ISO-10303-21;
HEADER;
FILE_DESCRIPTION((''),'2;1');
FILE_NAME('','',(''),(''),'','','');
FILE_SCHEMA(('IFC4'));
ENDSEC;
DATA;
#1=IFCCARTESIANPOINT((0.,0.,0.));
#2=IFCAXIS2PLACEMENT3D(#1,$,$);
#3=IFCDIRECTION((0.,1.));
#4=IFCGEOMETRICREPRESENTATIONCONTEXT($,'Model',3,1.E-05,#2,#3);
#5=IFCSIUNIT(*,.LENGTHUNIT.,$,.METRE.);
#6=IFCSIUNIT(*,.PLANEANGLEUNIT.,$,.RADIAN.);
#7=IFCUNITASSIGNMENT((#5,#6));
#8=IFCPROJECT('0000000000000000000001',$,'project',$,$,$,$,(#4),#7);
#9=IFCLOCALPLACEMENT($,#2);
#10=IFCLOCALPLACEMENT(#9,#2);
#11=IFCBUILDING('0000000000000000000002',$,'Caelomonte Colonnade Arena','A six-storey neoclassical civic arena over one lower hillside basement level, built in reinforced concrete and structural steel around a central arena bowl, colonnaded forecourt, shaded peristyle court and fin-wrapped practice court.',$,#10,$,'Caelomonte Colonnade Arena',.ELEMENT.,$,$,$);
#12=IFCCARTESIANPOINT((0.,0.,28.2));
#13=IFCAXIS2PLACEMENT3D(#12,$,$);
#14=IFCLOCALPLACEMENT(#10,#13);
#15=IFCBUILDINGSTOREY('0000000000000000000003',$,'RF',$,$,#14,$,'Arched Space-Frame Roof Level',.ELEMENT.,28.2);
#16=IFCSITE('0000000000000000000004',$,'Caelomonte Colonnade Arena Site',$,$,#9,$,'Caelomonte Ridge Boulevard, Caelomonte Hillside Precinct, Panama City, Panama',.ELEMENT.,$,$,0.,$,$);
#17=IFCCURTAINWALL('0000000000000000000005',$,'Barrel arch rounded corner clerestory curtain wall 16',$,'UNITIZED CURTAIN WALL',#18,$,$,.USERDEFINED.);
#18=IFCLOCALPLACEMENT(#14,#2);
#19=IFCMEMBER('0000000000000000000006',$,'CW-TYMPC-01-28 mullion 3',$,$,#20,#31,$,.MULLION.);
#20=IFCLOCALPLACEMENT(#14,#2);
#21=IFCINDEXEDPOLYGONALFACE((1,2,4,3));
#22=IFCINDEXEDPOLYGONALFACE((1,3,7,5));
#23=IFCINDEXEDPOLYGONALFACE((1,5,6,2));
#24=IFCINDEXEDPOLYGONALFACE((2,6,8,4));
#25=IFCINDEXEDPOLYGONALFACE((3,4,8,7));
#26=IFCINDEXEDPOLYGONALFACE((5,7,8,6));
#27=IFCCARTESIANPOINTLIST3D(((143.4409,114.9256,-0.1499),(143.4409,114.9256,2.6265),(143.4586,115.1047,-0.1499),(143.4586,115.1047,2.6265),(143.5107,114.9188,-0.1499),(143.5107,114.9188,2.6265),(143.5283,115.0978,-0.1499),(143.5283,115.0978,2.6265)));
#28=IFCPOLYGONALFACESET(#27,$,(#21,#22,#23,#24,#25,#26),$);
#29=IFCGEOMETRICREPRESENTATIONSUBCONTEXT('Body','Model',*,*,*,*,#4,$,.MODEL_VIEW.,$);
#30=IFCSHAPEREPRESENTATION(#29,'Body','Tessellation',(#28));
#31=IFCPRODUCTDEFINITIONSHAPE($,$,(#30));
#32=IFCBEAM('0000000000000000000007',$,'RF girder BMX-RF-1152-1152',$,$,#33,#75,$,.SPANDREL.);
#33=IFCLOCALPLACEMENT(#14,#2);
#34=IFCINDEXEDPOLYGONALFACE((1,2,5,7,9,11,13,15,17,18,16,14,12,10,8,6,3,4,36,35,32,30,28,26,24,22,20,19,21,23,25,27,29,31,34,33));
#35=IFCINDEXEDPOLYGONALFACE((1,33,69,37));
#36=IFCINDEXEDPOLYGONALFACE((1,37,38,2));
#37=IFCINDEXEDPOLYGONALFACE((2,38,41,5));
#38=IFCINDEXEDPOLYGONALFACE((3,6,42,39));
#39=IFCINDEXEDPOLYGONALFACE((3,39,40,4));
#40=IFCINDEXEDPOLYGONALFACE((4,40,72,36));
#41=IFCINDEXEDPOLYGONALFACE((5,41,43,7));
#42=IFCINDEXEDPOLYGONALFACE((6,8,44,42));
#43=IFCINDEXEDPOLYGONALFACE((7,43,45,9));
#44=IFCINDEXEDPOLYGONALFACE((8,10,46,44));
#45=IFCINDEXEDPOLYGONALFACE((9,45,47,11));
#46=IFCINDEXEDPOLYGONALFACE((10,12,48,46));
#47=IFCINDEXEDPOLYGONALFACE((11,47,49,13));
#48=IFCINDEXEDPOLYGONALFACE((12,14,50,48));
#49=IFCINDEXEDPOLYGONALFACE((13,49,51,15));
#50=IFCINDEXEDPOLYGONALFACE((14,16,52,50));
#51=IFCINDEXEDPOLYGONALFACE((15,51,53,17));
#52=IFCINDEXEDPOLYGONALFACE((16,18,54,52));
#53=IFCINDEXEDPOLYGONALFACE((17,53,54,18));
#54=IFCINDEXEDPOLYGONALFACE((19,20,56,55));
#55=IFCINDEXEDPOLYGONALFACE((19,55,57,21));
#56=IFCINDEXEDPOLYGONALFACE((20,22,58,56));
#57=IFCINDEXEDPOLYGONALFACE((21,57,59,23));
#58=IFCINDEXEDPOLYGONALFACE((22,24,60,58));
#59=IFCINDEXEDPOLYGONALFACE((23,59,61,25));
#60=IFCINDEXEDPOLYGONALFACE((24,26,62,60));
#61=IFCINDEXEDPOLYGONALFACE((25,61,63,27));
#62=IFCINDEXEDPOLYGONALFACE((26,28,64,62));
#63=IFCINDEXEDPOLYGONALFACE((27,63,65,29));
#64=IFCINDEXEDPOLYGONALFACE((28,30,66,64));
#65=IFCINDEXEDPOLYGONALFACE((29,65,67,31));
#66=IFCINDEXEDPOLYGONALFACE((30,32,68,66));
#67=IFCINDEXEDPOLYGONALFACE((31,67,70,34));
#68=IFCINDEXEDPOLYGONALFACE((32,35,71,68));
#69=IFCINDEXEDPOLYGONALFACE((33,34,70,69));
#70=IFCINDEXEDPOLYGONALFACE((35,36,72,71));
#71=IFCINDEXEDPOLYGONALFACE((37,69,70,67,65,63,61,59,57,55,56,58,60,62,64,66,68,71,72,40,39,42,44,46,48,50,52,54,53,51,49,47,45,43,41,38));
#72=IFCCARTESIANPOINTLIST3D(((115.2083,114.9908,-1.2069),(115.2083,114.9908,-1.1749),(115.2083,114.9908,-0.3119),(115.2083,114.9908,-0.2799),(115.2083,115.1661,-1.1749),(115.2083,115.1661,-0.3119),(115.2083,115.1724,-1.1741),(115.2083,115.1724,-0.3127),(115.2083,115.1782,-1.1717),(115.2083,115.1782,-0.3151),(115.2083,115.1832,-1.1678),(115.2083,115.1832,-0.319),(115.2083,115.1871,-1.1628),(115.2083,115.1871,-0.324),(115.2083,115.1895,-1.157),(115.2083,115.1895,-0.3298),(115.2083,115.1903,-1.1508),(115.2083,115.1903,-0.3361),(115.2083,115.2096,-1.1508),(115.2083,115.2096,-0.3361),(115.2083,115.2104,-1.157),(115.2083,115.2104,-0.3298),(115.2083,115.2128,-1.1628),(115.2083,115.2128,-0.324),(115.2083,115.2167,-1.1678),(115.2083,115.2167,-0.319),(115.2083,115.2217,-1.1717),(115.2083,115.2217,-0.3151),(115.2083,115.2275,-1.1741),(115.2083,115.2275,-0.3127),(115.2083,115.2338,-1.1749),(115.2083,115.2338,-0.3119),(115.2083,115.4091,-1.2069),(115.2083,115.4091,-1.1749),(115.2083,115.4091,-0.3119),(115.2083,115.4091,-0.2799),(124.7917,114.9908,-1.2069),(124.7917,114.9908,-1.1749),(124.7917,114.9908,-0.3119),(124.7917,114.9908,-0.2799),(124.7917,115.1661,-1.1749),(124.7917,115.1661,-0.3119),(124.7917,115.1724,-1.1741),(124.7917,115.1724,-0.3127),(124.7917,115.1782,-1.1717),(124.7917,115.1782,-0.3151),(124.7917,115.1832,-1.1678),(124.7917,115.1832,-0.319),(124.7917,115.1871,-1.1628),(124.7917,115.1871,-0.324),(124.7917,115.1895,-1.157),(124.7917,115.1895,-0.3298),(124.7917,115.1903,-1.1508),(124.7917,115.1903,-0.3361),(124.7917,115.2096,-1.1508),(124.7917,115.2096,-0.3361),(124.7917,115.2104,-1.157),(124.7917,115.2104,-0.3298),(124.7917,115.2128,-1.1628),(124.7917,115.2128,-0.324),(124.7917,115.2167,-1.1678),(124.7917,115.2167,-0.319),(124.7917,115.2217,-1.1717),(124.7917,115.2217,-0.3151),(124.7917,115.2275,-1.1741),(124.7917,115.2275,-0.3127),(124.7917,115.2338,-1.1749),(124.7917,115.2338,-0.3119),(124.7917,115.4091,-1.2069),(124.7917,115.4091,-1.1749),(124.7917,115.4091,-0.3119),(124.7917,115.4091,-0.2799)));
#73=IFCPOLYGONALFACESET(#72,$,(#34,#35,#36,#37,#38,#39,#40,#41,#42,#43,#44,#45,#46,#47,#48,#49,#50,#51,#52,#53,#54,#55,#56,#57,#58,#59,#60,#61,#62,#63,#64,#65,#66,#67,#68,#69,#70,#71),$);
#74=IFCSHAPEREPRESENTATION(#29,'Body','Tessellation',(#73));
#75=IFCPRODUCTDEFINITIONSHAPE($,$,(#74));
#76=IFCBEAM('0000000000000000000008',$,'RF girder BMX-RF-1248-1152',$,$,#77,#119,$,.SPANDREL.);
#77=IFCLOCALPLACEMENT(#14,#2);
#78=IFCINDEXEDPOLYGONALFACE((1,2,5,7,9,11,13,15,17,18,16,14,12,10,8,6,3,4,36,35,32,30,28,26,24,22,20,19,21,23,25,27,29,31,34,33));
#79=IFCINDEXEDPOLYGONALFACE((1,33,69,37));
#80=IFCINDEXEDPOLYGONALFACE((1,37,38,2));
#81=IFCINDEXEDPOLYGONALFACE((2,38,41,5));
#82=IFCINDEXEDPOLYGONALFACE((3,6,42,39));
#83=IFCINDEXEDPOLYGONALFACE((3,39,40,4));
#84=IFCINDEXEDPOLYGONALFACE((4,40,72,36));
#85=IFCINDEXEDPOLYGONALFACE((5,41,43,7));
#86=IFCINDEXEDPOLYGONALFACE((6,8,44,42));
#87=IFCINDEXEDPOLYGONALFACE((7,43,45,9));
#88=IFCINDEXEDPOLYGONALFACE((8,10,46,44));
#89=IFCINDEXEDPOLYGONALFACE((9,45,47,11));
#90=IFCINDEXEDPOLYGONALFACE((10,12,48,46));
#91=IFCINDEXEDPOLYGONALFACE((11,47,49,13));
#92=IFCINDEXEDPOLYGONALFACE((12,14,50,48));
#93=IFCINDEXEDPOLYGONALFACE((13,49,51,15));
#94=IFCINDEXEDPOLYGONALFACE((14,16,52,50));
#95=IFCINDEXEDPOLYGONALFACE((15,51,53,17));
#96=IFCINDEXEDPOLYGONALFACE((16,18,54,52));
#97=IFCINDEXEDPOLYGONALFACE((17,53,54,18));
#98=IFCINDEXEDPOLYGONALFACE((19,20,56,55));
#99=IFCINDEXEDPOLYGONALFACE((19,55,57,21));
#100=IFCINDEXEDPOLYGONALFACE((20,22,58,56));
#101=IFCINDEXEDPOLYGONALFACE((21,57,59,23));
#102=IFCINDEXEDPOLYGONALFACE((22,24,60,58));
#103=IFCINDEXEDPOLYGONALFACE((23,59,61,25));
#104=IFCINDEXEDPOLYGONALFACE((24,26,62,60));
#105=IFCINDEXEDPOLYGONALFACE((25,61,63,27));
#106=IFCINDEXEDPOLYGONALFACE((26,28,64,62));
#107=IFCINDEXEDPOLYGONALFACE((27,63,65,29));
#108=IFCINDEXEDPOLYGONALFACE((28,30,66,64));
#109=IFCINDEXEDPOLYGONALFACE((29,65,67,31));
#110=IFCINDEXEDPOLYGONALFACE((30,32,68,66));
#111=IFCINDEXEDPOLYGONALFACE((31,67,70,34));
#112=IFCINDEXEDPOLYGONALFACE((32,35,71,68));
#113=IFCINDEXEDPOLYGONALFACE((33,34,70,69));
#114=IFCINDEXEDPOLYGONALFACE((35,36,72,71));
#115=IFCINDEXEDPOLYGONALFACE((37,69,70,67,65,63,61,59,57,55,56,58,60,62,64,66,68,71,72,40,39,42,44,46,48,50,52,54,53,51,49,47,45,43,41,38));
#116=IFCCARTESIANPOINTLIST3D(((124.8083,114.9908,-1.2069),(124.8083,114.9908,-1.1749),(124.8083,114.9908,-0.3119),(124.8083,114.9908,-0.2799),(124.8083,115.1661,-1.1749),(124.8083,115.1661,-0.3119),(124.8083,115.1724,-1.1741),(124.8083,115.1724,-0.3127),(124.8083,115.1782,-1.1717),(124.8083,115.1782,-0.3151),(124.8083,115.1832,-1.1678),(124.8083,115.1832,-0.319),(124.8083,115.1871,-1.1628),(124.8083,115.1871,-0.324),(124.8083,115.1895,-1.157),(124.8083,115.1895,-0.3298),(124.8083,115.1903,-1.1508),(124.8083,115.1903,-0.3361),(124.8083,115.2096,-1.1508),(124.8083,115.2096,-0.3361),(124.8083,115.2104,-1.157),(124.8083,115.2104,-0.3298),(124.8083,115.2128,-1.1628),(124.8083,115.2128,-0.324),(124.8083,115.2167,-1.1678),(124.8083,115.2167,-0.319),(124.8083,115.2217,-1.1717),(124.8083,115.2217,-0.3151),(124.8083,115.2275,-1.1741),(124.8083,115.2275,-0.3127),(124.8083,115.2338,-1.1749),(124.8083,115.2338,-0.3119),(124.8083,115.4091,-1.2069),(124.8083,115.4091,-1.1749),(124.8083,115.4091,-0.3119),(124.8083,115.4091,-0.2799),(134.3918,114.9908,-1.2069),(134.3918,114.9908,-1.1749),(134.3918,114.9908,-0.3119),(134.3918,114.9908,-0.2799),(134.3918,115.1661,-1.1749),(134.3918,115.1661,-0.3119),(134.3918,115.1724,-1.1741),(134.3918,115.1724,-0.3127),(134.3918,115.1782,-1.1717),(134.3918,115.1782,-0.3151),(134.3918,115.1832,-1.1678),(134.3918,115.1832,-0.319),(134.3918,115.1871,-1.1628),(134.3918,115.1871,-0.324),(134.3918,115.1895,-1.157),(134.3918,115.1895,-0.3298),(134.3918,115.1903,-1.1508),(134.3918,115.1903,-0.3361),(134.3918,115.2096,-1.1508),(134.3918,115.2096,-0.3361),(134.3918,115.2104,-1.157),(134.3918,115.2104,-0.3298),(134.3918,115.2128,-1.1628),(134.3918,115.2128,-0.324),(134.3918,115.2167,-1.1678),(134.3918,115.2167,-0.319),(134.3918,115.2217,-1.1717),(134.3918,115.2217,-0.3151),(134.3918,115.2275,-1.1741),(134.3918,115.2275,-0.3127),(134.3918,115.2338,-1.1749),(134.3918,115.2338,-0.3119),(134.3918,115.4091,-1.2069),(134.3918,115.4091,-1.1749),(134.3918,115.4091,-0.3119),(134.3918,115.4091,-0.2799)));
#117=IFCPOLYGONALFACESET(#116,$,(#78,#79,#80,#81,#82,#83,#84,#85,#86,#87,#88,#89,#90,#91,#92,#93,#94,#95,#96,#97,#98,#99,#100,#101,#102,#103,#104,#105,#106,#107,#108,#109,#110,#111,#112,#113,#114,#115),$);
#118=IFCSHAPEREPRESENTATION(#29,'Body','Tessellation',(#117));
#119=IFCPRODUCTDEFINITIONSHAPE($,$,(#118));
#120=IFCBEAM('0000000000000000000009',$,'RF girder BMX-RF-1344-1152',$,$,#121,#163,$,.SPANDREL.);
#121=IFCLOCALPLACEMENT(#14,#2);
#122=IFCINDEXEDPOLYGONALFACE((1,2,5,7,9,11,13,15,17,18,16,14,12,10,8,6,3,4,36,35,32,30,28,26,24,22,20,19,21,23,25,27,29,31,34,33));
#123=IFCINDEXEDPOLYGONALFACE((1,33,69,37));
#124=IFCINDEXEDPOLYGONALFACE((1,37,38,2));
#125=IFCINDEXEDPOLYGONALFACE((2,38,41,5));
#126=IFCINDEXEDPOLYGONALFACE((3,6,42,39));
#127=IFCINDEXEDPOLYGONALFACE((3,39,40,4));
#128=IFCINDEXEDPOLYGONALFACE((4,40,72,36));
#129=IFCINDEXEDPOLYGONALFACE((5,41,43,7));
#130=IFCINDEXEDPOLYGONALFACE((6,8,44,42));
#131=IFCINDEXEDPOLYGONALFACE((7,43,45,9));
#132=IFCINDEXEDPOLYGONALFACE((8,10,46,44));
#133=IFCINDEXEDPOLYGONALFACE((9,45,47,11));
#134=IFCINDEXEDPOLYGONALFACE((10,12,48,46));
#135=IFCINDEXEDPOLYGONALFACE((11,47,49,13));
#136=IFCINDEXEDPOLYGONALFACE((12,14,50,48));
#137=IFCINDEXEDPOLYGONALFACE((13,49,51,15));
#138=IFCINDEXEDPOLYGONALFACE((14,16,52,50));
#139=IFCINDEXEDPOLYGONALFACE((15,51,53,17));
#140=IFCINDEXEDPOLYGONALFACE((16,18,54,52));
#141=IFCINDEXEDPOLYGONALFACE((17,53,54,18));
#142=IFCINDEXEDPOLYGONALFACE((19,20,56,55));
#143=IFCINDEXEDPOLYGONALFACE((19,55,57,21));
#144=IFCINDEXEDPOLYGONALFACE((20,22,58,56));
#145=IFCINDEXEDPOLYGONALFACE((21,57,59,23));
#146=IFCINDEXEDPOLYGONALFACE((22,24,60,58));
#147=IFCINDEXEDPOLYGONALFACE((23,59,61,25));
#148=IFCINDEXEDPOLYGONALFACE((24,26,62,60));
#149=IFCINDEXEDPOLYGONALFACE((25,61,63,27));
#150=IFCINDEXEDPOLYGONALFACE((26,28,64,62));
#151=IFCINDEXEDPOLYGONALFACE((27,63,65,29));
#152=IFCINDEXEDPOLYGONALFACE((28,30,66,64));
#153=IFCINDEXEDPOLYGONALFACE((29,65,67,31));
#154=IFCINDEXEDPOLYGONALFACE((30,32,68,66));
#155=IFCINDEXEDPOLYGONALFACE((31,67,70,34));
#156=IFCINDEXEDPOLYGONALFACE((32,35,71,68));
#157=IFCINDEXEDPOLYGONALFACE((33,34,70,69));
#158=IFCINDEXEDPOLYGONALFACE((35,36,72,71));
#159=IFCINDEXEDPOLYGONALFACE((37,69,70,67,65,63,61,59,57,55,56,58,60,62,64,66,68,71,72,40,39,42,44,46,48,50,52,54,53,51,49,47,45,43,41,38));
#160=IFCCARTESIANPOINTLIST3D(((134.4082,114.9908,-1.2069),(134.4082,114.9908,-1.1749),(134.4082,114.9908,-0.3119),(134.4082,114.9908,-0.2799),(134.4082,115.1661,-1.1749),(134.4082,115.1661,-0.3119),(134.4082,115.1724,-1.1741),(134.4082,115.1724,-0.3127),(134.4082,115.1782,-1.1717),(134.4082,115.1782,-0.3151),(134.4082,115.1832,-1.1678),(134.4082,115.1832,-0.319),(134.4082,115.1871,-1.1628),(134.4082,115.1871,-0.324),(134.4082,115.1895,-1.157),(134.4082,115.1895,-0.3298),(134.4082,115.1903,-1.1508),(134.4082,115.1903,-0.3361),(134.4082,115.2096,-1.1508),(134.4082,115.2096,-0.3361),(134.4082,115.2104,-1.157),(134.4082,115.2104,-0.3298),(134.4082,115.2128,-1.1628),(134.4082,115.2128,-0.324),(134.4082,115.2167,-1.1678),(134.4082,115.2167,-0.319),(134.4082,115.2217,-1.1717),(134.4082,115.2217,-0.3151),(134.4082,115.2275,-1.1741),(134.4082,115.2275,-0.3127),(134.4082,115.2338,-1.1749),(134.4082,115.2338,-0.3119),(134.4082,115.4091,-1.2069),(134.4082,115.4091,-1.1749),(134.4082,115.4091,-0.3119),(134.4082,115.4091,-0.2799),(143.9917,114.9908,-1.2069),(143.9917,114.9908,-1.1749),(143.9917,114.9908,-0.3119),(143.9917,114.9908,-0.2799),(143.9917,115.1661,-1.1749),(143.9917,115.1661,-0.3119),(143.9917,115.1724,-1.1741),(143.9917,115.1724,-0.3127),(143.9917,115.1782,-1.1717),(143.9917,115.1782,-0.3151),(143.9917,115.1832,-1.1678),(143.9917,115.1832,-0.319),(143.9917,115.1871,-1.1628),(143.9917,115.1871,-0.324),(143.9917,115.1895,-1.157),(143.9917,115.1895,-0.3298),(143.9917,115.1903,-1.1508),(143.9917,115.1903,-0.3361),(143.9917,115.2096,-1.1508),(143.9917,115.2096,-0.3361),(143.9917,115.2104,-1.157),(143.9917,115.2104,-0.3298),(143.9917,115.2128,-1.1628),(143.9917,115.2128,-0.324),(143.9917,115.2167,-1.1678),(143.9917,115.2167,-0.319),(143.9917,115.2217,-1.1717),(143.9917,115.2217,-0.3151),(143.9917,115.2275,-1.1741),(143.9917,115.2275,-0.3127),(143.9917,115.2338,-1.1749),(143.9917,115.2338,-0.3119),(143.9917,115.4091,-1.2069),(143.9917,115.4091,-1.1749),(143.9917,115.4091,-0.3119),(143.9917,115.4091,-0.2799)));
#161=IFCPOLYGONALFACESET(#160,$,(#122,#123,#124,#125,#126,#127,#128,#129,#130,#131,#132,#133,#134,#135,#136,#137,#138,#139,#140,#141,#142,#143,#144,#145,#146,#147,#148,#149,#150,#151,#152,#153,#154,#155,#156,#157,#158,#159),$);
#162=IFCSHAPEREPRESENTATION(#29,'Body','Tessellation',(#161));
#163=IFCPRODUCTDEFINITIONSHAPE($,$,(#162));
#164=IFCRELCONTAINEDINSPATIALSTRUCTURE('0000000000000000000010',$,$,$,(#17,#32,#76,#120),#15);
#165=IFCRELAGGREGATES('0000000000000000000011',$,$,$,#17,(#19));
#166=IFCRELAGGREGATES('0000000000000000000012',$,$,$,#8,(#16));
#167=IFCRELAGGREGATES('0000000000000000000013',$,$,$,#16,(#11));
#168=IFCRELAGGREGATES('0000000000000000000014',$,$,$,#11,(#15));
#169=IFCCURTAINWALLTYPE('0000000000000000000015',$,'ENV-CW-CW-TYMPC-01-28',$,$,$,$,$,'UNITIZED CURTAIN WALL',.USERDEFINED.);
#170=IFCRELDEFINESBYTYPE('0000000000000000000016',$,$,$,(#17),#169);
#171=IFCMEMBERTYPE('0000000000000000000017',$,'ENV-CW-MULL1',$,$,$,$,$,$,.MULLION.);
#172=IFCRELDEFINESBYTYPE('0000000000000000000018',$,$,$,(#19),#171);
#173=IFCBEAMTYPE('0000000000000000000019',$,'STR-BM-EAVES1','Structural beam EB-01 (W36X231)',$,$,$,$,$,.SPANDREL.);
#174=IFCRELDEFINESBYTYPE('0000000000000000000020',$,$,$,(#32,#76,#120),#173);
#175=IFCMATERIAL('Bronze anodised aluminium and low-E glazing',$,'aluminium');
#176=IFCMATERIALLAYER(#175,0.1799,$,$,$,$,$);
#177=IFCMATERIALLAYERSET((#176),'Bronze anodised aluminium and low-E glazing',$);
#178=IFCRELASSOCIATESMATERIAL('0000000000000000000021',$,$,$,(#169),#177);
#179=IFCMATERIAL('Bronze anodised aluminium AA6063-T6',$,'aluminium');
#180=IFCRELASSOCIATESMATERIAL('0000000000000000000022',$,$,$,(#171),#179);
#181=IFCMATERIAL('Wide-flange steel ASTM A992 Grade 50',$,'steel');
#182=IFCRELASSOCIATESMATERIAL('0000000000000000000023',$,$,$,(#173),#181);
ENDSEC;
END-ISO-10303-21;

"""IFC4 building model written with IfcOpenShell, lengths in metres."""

from ifc_helpers import new_model, si_unit, direction, frame, origin, origin_2d, place, context, subcontext, project, spatial, rectangle, i_section, extrude, material, layer, layer_set, material_profile, profile_set, type_object, element, aggregate, save


model = new_model("IFC4")

# Units and contexts
model_context = context("Model", 3, precision=1e-05, world=origin(), true_north=direction((0.0, 1.0)))
body_context = subcontext(model_context, "Body", "Model", "MODEL_VIEW")
ifc_project = project(units=[si_unit("LENGTHUNIT", "METRE"), si_unit("PLANEANGLEUNIT", "RADIAN")], contexts=[model_context])

# Site, building, storey
site_placement = place(None, origin())
site = spatial("IfcSite", under=ifc_project, at=site_placement, Name="Caelomonte Colonnade Arena Site", LongName="Caelomonte Ridge Boulevard, Caelomonte Hillside Precinct, Panama City, Panama", CompositionType="ELEMENT", RefElevation=0.0)
building_placement = place(site_placement, origin())
building = spatial("IfcBuilding", under=site, at=building_placement, Name="Caelomonte Colonnade Arena", Description="A six-storey neoclassical civic arena over one lower hillside basement level, built in reinforced concrete and structural steel around a central arena bowl, colonnaded forecourt, shaded peristyle court and fin-wrapped practice court.", LongName="Caelomonte Colonnade Arena", CompositionType="ELEMENT")
storey_placement = place(building_placement, frame((0.0, 0.0, 28.2)))
storey = spatial("IfcBuildingStorey", under=building, at=storey_placement, Name="RF", LongName="Arched Space-Frame Roof Level", CompositionType="ELEMENT", Elevation=28.2)

# Curtain wall, member
ifc_material_1 = material(Name="Bronze anodised aluminium and low-E glazing", Category="aluminium")
ifc_layer_1 = layer(ifc_material_1, 0.1799)
ifc_layer_set_1 = layer_set([ifc_layer_1], Name="Bronze anodised aluminium and low-E glazing")
curtain_wall_type = type_object("IfcCurtainWallType", Name="ENV-CW-CW-TYMPC-01-28", ElementType="UNITIZED CURTAIN WALL", PredefinedType="USERDEFINED", material=ifc_layer_set_1)
curtain_wall_placement = place(storey_placement, origin())
curtain_wall = element("IfcCurtainWall", 1, at=curtain_wall_placement, inside=storey, type_object=curtain_wall_type, Name="Barrel arch rounded corner clerestory curtain wall 16", ObjectType="UNITIZED CURTAIN WALL", PredefinedType="USERDEFINED")
ifc_material_2 = material(Name="Bronze anodised aluminium AA6063-T6", Category="aluminium")
ifc_material_profile_1 = material_profile(ifc_material_2, rectangle(XDim=0.0701, YDim=0.1799, at=origin_2d()), Name="CWM-70X180")
ifc_profile_set_1 = profile_set([ifc_material_profile_1], Name="Bronze anodised aluminium AA6063-T6")
member_type_1 = type_object("IfcMemberType", Name="ENV-CW-MULL1", PredefinedType="MULLION", material=ifc_profile_set_1)
member_1_placement = place(storey_placement, frame((143.4846, 115.0117, -0.1499), z_axis=(0.0, 0.0, 1.0), x_axis=(-0.995183, 0.098031, 0.0)))
member_1 = element("IfcMember", 2, at=member_1_placement, type_object=member_type_1, Name="CW-TYMPC-01-28 mullion 3", PredefinedType="MULLION", context=body_context, shape_type="SweptSolid", body=[
    extrude(rectangle(XDim=0.0701, YDim=0.1799, at=origin_2d()), origin(), (0.0, 0.0, 1.0), 2.7764),
])
aggregate(curtain_wall, [member_1])

# Beams
ifc_material_3 = material(Name="Wide-flange steel ASTM A992 Grade 50", Category="steel")
ifc_material_profile_2 = material_profile(ifc_material_3, i_section(OverallWidth=0.4182, OverallDepth=0.927, WebThickness=0.0193, FlangeThickness=0.032, FilletRadius=0.0242, at=origin_2d()), Name="W36X231")
ifc_profile_set_2 = profile_set([ifc_material_profile_2], Name="Wide-flange steel ASTM A992 Grade 50")
beam_type_1 = type_object("IfcBeamType", Name="STR-BM-EAVES1", Description="Structural beam EB-01 (W36X231)", PredefinedType="SPANDREL", material=ifc_profile_set_2)
for number, where, z_axis, x_axis, name in (
    (3, (115.2083, 115.2, -0.7434), (1.0, 0.0, 0.0), (0.0, 1.0, 0.0), "RF girder BMX-RF-1152-1152"),
    (4, (124.8083, 115.2, -0.7434), (1.0, 0.0, 0.0), (0.0, 1.0, 0.0), "RF girder BMX-RF-1248-1152"),
    (5, (134.4082, 115.2, -0.7434), (1.0, 0.0, 0.0), (0.0, 1.0, 0.0), "RF girder BMX-RF-1344-1152"),
):
    element("IfcBeam", number, at=place(storey_placement, frame(where, z_axis=z_axis, x_axis=x_axis)), inside=storey, type_object=beam_type_1, Name=name, PredefinedType="SPANDREL", context=body_context, shape_type="SweptSolid", body=[
        extrude(i_section(OverallWidth=0.4182, OverallDepth=0.927, WebThickness=0.0193, FlangeThickness=0.032, FilletRadius=0.0242, at=origin_2d()), origin(), (0.0, 0.0, 1.0), 9.5835),
    ])

save(model, "model.ifc")
